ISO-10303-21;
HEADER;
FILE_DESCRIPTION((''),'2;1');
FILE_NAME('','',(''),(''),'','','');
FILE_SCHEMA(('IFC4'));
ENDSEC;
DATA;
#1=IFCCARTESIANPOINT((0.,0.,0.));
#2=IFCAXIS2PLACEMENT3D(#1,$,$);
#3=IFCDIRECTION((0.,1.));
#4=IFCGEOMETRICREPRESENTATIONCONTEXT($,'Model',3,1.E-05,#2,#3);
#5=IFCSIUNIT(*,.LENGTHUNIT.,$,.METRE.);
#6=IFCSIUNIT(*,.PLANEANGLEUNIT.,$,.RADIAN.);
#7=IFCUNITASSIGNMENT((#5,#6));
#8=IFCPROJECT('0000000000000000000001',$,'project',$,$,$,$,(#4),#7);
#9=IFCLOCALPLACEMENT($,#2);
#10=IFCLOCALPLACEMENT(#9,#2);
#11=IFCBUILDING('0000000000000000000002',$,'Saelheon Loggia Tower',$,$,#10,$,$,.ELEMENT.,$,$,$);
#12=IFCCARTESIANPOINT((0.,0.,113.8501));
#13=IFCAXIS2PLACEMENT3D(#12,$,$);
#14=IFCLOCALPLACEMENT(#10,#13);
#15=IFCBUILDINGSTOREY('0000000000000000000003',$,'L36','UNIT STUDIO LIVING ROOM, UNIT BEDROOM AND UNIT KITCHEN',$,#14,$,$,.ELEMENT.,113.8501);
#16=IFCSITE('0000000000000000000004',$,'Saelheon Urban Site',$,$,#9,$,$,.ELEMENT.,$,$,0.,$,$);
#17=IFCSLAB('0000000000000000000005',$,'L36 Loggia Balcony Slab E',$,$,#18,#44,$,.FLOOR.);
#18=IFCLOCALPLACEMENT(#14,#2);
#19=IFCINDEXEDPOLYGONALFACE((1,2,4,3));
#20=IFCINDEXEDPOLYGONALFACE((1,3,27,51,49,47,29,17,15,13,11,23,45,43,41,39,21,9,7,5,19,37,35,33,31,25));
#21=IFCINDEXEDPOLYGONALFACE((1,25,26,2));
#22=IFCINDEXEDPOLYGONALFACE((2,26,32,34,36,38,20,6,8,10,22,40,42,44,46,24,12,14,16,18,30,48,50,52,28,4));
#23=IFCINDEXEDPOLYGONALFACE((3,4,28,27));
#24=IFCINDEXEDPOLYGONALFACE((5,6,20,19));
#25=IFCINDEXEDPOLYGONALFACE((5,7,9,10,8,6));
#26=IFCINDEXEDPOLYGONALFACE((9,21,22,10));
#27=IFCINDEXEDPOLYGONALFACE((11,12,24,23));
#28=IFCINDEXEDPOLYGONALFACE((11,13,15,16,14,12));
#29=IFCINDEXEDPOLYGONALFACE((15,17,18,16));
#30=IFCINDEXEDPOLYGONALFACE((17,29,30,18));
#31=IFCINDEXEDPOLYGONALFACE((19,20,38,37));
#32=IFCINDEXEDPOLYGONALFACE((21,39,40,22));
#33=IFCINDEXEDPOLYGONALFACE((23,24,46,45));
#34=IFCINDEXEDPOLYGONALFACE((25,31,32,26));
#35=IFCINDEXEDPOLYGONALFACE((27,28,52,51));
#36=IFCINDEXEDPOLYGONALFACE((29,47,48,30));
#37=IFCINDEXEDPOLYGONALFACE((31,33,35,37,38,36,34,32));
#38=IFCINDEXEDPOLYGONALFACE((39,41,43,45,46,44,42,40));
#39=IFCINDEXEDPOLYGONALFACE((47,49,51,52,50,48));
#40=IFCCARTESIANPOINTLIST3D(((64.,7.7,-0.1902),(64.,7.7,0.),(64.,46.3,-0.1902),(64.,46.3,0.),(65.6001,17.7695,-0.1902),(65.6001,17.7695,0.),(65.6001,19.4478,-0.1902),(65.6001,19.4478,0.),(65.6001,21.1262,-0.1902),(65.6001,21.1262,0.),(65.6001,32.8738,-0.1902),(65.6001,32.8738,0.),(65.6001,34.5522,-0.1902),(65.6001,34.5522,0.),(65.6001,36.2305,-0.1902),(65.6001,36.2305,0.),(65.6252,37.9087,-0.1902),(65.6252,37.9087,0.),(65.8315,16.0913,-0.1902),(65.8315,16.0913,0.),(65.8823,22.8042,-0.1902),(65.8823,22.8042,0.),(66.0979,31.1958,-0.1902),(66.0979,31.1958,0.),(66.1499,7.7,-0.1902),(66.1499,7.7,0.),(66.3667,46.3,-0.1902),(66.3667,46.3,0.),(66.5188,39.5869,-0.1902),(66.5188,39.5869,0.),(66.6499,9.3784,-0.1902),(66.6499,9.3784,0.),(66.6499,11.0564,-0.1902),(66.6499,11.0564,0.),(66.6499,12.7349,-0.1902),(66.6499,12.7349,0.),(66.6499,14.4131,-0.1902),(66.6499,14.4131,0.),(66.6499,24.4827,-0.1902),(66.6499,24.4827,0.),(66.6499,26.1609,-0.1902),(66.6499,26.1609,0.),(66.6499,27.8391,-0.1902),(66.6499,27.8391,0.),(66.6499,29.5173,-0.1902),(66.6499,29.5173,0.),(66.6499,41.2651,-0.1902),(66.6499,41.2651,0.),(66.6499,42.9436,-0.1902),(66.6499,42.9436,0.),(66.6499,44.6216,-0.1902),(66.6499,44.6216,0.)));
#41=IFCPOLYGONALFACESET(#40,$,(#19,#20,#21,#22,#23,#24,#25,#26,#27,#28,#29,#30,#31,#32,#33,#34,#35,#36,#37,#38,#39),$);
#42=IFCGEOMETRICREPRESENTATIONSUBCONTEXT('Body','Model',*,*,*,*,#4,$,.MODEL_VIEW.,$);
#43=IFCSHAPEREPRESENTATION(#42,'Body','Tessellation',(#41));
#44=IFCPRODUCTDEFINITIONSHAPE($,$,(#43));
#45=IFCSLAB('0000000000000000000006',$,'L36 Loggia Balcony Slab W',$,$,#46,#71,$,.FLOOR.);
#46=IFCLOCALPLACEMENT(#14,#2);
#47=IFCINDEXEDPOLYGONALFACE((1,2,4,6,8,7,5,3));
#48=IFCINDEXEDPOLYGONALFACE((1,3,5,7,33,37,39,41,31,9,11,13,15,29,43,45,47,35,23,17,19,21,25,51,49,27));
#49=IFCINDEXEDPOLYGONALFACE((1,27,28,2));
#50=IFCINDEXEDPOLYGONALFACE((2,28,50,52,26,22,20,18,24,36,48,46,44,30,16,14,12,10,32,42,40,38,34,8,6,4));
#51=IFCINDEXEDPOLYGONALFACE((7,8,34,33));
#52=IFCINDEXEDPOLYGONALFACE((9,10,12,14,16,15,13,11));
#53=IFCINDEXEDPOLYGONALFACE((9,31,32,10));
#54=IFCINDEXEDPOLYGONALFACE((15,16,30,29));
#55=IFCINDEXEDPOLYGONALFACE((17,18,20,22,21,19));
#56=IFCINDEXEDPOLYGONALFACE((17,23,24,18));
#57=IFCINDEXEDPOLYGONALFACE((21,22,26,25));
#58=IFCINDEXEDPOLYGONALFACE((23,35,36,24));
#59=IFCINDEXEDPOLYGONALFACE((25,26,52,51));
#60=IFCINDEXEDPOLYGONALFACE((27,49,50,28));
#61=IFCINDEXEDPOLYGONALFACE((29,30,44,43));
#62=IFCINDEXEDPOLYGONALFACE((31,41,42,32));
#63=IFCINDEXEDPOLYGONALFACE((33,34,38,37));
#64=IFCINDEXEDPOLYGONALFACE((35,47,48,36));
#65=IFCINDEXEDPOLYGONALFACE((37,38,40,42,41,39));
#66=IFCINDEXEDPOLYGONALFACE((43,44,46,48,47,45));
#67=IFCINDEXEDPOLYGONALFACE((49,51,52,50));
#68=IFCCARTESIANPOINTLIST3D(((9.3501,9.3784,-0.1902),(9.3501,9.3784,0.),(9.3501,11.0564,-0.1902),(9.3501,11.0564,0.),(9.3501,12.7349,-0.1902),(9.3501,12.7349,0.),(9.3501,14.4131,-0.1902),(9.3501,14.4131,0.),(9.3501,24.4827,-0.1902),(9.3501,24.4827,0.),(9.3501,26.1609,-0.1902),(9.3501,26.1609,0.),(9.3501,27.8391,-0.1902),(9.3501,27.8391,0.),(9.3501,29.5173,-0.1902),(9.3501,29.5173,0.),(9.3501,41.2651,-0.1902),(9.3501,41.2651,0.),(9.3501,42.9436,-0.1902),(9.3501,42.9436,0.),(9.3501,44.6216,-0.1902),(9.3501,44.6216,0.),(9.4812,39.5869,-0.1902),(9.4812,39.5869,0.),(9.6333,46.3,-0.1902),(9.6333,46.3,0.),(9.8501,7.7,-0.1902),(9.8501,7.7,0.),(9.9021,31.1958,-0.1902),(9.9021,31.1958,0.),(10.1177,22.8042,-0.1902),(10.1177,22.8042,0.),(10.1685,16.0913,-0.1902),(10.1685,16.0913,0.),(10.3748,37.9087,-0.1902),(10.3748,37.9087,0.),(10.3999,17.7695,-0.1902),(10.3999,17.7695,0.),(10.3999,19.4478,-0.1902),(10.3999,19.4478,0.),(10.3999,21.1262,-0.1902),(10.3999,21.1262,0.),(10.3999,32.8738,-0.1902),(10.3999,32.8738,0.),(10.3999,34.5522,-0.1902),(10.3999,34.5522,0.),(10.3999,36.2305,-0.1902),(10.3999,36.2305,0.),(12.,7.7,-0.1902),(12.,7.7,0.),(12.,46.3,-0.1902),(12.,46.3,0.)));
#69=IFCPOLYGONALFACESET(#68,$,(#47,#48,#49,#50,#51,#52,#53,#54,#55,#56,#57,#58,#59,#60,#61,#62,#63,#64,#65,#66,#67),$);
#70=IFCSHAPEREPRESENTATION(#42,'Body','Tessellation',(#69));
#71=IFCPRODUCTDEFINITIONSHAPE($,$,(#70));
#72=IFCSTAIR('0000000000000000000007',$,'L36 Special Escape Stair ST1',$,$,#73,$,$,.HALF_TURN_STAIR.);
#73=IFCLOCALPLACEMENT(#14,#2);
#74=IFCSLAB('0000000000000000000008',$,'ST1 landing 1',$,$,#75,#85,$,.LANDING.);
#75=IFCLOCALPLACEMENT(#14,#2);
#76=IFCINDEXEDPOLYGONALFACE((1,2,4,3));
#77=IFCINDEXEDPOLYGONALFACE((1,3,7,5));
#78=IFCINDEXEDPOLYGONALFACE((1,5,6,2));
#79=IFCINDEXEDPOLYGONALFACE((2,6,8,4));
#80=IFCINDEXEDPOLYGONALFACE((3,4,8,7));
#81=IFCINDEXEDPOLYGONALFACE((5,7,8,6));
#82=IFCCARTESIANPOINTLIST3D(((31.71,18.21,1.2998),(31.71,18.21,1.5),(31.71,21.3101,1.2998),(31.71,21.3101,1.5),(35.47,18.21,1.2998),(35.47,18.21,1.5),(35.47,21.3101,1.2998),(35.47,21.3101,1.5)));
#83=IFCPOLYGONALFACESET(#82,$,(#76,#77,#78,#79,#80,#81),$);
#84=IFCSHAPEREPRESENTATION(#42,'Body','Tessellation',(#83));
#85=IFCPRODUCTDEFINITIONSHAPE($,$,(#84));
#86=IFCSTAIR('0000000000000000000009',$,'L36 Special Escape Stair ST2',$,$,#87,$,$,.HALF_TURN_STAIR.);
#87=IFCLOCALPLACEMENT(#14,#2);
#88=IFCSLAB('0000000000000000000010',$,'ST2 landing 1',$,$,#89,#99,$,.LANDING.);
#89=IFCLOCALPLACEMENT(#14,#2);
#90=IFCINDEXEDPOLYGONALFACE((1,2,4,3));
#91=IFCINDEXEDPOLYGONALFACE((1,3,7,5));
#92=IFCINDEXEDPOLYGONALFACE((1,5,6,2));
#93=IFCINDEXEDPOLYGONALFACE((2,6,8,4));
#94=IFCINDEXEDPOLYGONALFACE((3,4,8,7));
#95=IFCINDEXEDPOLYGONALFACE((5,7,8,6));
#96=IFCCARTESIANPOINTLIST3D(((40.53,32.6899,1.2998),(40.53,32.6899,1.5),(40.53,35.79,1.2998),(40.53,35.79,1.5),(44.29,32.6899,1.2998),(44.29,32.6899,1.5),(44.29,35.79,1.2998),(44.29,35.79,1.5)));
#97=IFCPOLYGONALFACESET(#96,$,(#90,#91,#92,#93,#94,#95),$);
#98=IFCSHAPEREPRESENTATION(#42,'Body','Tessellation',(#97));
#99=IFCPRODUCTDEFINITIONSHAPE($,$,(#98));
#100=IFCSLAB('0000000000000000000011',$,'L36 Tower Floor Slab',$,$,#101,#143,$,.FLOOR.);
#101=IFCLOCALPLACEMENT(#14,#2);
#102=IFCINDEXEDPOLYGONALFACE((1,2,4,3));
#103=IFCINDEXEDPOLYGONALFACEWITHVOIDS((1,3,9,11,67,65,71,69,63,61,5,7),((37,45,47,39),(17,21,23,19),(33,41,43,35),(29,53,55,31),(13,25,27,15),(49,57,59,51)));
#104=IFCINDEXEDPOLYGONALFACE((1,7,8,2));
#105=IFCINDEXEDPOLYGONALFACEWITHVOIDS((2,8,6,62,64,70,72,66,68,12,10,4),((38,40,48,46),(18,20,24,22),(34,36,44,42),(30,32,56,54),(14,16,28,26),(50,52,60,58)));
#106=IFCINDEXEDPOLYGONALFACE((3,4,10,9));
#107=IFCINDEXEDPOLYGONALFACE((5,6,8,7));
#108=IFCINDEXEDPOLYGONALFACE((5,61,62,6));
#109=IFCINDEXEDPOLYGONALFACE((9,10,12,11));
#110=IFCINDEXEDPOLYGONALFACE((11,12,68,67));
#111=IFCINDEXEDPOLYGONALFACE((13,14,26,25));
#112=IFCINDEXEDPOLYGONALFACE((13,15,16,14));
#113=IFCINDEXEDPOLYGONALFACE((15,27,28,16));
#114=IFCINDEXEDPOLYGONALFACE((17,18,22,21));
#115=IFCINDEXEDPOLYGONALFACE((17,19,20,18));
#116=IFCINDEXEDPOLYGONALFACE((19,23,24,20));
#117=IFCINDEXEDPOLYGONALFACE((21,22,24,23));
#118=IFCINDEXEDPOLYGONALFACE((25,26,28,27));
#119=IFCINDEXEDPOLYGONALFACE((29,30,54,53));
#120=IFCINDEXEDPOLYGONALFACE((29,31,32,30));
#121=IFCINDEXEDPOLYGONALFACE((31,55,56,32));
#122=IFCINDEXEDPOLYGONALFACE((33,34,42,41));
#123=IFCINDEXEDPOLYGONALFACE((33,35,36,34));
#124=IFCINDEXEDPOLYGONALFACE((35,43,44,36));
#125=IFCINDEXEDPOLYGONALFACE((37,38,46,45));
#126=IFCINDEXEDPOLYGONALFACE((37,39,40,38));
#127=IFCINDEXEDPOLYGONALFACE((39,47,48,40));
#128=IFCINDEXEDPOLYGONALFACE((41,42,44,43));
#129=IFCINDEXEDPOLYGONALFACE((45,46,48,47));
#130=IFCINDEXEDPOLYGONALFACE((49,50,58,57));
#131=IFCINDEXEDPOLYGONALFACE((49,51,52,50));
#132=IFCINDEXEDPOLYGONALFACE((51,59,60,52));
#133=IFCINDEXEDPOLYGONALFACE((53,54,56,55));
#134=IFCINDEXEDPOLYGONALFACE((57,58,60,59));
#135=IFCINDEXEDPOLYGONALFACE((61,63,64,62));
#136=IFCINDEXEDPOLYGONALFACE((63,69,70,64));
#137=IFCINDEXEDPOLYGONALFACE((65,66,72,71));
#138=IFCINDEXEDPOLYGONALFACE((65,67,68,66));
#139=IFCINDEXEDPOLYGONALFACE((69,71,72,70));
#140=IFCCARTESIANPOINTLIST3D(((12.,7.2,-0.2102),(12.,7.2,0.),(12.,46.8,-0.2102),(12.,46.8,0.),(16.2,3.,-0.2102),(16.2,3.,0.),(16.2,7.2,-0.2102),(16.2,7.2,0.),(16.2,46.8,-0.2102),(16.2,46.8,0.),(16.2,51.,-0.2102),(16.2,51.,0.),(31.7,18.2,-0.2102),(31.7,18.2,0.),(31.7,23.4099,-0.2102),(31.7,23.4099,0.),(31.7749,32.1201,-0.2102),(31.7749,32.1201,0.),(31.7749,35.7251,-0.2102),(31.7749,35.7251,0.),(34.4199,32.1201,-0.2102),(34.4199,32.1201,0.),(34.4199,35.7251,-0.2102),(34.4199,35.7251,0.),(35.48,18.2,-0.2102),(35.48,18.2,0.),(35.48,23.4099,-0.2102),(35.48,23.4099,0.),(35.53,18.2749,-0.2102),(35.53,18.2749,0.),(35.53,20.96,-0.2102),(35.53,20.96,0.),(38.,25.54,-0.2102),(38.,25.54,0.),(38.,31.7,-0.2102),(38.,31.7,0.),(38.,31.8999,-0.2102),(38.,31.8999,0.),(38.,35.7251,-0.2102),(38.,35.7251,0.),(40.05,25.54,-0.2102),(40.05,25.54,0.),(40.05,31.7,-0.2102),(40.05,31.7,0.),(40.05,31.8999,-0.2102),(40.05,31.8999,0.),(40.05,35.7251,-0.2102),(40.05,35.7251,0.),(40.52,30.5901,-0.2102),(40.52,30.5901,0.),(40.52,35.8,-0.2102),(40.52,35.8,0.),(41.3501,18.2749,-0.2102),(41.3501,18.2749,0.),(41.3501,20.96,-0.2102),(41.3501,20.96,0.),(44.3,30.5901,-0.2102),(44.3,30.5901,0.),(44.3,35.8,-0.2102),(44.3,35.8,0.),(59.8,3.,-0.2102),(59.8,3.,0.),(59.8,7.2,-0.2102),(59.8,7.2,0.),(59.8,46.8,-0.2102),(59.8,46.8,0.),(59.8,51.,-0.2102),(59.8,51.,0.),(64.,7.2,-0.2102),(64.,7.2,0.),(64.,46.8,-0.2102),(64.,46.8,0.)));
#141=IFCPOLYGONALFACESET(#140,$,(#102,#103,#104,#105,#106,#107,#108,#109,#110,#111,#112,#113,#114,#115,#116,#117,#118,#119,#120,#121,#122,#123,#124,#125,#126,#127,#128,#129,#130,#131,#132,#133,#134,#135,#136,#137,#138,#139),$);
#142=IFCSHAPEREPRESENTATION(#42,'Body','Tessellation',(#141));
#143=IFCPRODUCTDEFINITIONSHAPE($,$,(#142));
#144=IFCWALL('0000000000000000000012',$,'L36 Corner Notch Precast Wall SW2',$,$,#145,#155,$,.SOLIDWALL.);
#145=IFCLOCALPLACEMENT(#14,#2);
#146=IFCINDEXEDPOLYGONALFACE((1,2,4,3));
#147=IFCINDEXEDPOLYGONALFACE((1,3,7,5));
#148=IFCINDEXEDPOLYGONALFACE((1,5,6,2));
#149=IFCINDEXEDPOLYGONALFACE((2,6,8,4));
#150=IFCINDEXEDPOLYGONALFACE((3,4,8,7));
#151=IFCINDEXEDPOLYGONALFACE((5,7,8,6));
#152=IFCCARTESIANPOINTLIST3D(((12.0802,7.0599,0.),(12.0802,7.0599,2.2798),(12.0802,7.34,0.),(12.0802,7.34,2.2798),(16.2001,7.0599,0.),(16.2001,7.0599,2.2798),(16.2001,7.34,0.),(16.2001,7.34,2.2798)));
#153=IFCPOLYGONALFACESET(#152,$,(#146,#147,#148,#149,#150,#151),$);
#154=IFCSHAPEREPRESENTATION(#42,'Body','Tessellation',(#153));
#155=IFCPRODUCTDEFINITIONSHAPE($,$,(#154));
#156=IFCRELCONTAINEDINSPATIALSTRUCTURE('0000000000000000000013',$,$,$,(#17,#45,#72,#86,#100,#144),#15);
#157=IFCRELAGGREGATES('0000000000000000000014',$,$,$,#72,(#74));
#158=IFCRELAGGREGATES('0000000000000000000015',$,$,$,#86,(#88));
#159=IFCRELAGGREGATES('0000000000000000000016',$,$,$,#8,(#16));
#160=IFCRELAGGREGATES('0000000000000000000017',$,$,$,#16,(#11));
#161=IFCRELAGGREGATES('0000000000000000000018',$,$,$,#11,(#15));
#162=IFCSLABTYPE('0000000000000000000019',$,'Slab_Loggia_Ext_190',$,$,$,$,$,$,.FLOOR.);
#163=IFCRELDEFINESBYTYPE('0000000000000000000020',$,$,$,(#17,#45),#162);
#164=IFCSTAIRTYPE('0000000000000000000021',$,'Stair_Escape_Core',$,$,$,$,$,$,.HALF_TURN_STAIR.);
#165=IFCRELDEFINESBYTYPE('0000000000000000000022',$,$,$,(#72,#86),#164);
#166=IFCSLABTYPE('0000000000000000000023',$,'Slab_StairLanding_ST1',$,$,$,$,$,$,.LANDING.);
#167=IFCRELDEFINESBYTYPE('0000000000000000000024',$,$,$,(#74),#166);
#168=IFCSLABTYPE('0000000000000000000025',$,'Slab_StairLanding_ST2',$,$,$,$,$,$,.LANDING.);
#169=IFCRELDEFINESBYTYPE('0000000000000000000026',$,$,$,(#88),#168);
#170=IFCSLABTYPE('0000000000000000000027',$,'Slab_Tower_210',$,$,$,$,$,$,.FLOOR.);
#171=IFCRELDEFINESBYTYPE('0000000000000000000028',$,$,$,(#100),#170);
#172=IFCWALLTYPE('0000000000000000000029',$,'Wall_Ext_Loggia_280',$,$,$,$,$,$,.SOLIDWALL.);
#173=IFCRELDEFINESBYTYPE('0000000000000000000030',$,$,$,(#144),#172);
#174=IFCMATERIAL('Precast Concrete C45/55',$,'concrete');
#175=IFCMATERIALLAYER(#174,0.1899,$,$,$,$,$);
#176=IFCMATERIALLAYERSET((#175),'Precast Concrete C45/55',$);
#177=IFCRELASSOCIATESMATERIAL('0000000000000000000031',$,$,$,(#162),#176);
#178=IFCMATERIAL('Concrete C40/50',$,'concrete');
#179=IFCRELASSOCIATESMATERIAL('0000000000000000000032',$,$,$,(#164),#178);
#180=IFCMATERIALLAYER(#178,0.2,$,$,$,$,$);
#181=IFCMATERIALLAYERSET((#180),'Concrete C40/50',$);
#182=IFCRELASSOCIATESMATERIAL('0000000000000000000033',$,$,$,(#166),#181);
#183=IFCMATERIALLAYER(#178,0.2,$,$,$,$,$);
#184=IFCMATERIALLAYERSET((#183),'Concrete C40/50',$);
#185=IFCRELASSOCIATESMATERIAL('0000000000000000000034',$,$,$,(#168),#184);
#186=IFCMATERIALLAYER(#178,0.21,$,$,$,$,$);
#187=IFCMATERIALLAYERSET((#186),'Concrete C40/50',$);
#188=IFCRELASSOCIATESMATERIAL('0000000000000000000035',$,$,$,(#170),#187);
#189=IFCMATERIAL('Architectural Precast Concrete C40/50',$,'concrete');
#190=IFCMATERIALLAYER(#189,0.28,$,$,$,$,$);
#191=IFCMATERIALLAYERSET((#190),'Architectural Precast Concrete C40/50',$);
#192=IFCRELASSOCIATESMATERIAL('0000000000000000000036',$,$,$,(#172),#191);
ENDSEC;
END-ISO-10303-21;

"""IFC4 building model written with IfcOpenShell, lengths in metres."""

from ifc_helpers import new_model, si_unit, direction, frame, frame_2d, origin, place, context, subcontext, project, spatial, polyline, rectangle, outline, extrude, material, layer, layer_set, type_object, element, aggregate, save


model = new_model("IFC4")

# Units and contexts
model_context = context("Model", 3, precision=1e-05, world=origin(), true_north=direction((0.0, 1.0)))
body_context = subcontext(model_context, "Body", "Model", "MODEL_VIEW")
ifc_project = project(units=[si_unit("LENGTHUNIT", "METRE"), si_unit("PLANEANGLEUNIT", "RADIAN")], contexts=[model_context])

# Site, building, storey
site_placement = place(None, origin())
site = spatial("IfcSite", under=ifc_project, at=site_placement, Name="Saelheon Urban Site", CompositionType="ELEMENT", RefElevation=0.0)
building_placement = place(site_placement, origin())
building = spatial("IfcBuilding", under=site, at=building_placement, Name="Saelheon Loggia Tower", CompositionType="ELEMENT")
storey_placement = place(building_placement, frame((0.0, 0.0, 113.8501)))
storey = spatial("IfcBuildingStorey", under=building, at=storey_placement, Name="L36", Description="UNIT STUDIO LIVING ROOM, UNIT BEDROOM AND UNIT KITCHEN", CompositionType="ELEMENT", Elevation=113.8501)

# Shared definitions
ifc_material_1 = material(Name="Precast Concrete C45/55", Category="concrete")

# Shared definitions
ifc_material_2 = material(Name="Concrete C40/50", Category="concrete")

# Slabs
ifc_layer_1 = layer(ifc_material_1, 0.1899)
ifc_layer_set_1 = layer_set([ifc_layer_1], Name="Precast Concrete C45/55")
slab_type_1 = type_object("IfcSlabType", Name="Slab_Loggia_Ext_190", PredefinedType="FLOOR", material=ifc_layer_set_1)
slab_1_placement = place(storey_placement, frame((0.0, 0.0, -0.1902)))
element("IfcSlab", 1, at=slab_1_placement, inside=storey, type_object=slab_type_1, Name="L36 Loggia Balcony Slab E", PredefinedType="FLOOR", context=body_context, shape_type="SweptSolid", body=[
    extrude(outline(polyline([(64.0, 7.7), (66.1499, 7.7), (66.6499, 9.3784), (66.6499, 11.0564), (66.6499, 12.7349), (66.6499, 14.4131), (65.8315, 16.0913), (65.6001, 17.7695), (65.6001, 19.4478), (65.6001, 21.1262), (65.8823, 22.8042), (66.6499, 24.4827), (66.6499, 26.1609), (66.6499, 27.8391), (66.6499, 29.5173), (66.0979, 31.1958), (65.6001, 32.8738), (65.6001, 34.5522), (65.6001, 36.2305), (65.6252, 37.9087), (66.5188, 39.5869), (66.6499, 41.2651), (66.6499, 42.9436), (66.6499, 44.6216), (66.3667, 46.3), (64.0, 46.3), (64.0, 7.7)])), origin(), (0.0, 0.0, 1.0), 0.1902),
])
slab_2_placement = place(storey_placement, frame((0.0, 0.0, -0.1902)))
element("IfcSlab", 2, at=slab_2_placement, inside=storey, type_object=slab_type_1, Name="L36 Loggia Balcony Slab W", PredefinedType="FLOOR", context=body_context, shape_type="SweptSolid", body=[
    extrude(outline(polyline([(12.0, 7.7), (12.0, 46.3), (9.6333, 46.3), (9.3501, 44.6216), (9.3501, 42.9436), (9.3501, 41.2651), (9.4812, 39.5869), (10.3748, 37.9087), (10.3999, 36.2305), (10.3999, 34.5522), (10.3999, 32.8738), (9.9021, 31.1958), (9.3501, 29.5173), (9.3501, 27.8391), (9.3501, 26.1609), (9.3501, 24.4827), (10.1177, 22.8042), (10.3999, 21.1262), (10.3999, 19.4478), (10.3999, 17.7695), (10.1685, 16.0913), (9.3501, 14.4131), (9.3501, 12.7349), (9.3501, 11.0564), (9.3501, 9.3784), (9.8501, 7.7), (12.0, 7.7)])), origin(), (0.0, 0.0, 1.0), 0.1902),
])

# Stairs, slabs
stair_type = type_object("IfcStairType", Name="Stair_Escape_Core", PredefinedType="HALF_TURN_STAIR", material=ifc_material_2)
stair_1_placement = place(storey_placement, origin())
stair_1 = element("IfcStair", 3, at=stair_1_placement, inside=storey, type_object=stair_type, Name="L36 Special Escape Stair ST1", PredefinedType="HALF_TURN_STAIR")
ifc_layer_2 = layer(ifc_material_2, 0.2)
ifc_layer_set_2 = layer_set([ifc_layer_2], Name="Concrete C40/50")
slab_type_2 = type_object("IfcSlabType", Name="Slab_StairLanding_ST1", PredefinedType="LANDING", material=ifc_layer_set_2)
slab_3_placement = place(storey_placement, frame((0.0, 0.0, 1.2998)))
slab_3 = element("IfcSlab", 4, at=slab_3_placement, type_object=slab_type_2, Name="ST1 landing 1", PredefinedType="LANDING", context=body_context, shape_type="SweptSolid", body=[
    extrude(outline(polyline([(31.71, 21.3101), (31.71, 18.21), (35.47, 18.21), (35.47, 21.3101), (31.71, 21.3101)])), origin(), (0.0, 0.0, 1.0), 0.2002),
])
aggregate(stair_1, [slab_3])
stair_2_placement = place(storey_placement, origin())
stair_2 = element("IfcStair", 5, at=stair_2_placement, inside=storey, type_object=stair_type, Name="L36 Special Escape Stair ST2", PredefinedType="HALF_TURN_STAIR")
ifc_layer_3 = layer(ifc_material_2, 0.2)
ifc_layer_set_3 = layer_set([ifc_layer_3], Name="Concrete C40/50")
slab_type_3 = type_object("IfcSlabType", Name="Slab_StairLanding_ST2", PredefinedType="LANDING", material=ifc_layer_set_3)
slab_4_placement = place(storey_placement, frame((0.0, 0.0, 1.2998)))
slab_4 = element("IfcSlab", 6, at=slab_4_placement, type_object=slab_type_3, Name="ST2 landing 1", PredefinedType="LANDING", context=body_context, shape_type="SweptSolid", body=[
    extrude(outline(polyline([(44.29, 32.6899), (44.29, 35.79), (40.53, 35.79), (40.53, 32.6899), (44.29, 32.6899)])), origin(), (0.0, 0.0, 1.0), 0.2002),
])
aggregate(stair_2, [slab_4])

# Slab
ifc_layer_4 = layer(ifc_material_2, 0.21)
ifc_layer_set_4 = layer_set([ifc_layer_4], Name="Concrete C40/50")
slab_type_4 = type_object("IfcSlabType", Name="Slab_Tower_210", PredefinedType="FLOOR", material=ifc_layer_set_4)
slab_5_placement = place(storey_placement, frame((0.0, 0.0, -0.2102)))
element("IfcSlab", 7, at=slab_5_placement, inside=storey, type_object=slab_type_4, Name="L36 Tower Floor Slab", PredefinedType="FLOOR", context=body_context, shape_type="SweptSolid", body=[
    extrude(outline(polyline([(16.2, 3.0), (59.8, 3.0), (59.8, 7.2), (64.0, 7.2), (64.0, 46.8), (59.8, 46.8), (59.8, 51.0), (16.2, 51.0), (16.2, 46.8), (12.0, 46.8), (12.0, 7.2), (16.2, 7.2), (16.2, 3.0)]), holes=[polyline([(31.7, 23.4099), (31.7, 18.2), (35.48, 18.2), (35.48, 23.4099), (31.7, 23.4099)]), polyline([(44.3, 30.5901), (44.3, 35.8), (40.52, 35.8), (40.52, 30.5901), (44.3, 30.5901)]), polyline([(35.53, 18.2749), (41.3501, 18.2749), (41.3501, 20.96), (35.53, 20.96), (35.53, 18.2749)]), polyline([(31.7749, 32.1201), (34.4199, 32.1201), (34.4199, 35.7251), (31.7749, 35.7251), (31.7749, 32.1201)]), polyline([(38.0, 31.8999), (40.05, 31.8999), (40.05, 35.7251), (38.0, 35.7251), (38.0, 31.8999)]), polyline([(38.0, 25.54), (40.05, 25.54), (40.05, 31.7), (38.0, 31.7), (38.0, 25.54)])]), origin(), (0.0, 0.0, 1.0), 0.2102),
])

# Shared definitions
ifc_material_3 = material(Name="Architectural Precast Concrete C40/50", Category="concrete")
ifc_layer_5 = layer(ifc_material_3, 0.28)
ifc_layer_set_5 = layer_set([ifc_layer_5], Name="Architectural Precast Concrete C40/50")
wall_type = type_object("IfcWallType", Name="Wall_Ext_Loggia_280", PredefinedType="SOLIDWALL", material=ifc_layer_set_5)

# Wall
wall_1_placement = place(storey_placement, frame((12.0801, 7.2, 0.0), z_axis=(0.0, 0.0, 1.0), x_axis=(1.0, 0.0, 0.0)))
element("IfcWall", 8, at=wall_1_placement, inside=storey, type_object=wall_type, Name="L36 Corner Notch Precast Wall SW2", PredefinedType="SOLIDWALL", context=body_context, shape_type="SweptSolid", body=[
    extrude(rectangle(XDim=4.1199, YDim=0.28, at=frame_2d((2.0601, 0.0))), origin(), (0.0, 0.0, 1.0), 2.2798),
])

save(model, "model.ifc")
